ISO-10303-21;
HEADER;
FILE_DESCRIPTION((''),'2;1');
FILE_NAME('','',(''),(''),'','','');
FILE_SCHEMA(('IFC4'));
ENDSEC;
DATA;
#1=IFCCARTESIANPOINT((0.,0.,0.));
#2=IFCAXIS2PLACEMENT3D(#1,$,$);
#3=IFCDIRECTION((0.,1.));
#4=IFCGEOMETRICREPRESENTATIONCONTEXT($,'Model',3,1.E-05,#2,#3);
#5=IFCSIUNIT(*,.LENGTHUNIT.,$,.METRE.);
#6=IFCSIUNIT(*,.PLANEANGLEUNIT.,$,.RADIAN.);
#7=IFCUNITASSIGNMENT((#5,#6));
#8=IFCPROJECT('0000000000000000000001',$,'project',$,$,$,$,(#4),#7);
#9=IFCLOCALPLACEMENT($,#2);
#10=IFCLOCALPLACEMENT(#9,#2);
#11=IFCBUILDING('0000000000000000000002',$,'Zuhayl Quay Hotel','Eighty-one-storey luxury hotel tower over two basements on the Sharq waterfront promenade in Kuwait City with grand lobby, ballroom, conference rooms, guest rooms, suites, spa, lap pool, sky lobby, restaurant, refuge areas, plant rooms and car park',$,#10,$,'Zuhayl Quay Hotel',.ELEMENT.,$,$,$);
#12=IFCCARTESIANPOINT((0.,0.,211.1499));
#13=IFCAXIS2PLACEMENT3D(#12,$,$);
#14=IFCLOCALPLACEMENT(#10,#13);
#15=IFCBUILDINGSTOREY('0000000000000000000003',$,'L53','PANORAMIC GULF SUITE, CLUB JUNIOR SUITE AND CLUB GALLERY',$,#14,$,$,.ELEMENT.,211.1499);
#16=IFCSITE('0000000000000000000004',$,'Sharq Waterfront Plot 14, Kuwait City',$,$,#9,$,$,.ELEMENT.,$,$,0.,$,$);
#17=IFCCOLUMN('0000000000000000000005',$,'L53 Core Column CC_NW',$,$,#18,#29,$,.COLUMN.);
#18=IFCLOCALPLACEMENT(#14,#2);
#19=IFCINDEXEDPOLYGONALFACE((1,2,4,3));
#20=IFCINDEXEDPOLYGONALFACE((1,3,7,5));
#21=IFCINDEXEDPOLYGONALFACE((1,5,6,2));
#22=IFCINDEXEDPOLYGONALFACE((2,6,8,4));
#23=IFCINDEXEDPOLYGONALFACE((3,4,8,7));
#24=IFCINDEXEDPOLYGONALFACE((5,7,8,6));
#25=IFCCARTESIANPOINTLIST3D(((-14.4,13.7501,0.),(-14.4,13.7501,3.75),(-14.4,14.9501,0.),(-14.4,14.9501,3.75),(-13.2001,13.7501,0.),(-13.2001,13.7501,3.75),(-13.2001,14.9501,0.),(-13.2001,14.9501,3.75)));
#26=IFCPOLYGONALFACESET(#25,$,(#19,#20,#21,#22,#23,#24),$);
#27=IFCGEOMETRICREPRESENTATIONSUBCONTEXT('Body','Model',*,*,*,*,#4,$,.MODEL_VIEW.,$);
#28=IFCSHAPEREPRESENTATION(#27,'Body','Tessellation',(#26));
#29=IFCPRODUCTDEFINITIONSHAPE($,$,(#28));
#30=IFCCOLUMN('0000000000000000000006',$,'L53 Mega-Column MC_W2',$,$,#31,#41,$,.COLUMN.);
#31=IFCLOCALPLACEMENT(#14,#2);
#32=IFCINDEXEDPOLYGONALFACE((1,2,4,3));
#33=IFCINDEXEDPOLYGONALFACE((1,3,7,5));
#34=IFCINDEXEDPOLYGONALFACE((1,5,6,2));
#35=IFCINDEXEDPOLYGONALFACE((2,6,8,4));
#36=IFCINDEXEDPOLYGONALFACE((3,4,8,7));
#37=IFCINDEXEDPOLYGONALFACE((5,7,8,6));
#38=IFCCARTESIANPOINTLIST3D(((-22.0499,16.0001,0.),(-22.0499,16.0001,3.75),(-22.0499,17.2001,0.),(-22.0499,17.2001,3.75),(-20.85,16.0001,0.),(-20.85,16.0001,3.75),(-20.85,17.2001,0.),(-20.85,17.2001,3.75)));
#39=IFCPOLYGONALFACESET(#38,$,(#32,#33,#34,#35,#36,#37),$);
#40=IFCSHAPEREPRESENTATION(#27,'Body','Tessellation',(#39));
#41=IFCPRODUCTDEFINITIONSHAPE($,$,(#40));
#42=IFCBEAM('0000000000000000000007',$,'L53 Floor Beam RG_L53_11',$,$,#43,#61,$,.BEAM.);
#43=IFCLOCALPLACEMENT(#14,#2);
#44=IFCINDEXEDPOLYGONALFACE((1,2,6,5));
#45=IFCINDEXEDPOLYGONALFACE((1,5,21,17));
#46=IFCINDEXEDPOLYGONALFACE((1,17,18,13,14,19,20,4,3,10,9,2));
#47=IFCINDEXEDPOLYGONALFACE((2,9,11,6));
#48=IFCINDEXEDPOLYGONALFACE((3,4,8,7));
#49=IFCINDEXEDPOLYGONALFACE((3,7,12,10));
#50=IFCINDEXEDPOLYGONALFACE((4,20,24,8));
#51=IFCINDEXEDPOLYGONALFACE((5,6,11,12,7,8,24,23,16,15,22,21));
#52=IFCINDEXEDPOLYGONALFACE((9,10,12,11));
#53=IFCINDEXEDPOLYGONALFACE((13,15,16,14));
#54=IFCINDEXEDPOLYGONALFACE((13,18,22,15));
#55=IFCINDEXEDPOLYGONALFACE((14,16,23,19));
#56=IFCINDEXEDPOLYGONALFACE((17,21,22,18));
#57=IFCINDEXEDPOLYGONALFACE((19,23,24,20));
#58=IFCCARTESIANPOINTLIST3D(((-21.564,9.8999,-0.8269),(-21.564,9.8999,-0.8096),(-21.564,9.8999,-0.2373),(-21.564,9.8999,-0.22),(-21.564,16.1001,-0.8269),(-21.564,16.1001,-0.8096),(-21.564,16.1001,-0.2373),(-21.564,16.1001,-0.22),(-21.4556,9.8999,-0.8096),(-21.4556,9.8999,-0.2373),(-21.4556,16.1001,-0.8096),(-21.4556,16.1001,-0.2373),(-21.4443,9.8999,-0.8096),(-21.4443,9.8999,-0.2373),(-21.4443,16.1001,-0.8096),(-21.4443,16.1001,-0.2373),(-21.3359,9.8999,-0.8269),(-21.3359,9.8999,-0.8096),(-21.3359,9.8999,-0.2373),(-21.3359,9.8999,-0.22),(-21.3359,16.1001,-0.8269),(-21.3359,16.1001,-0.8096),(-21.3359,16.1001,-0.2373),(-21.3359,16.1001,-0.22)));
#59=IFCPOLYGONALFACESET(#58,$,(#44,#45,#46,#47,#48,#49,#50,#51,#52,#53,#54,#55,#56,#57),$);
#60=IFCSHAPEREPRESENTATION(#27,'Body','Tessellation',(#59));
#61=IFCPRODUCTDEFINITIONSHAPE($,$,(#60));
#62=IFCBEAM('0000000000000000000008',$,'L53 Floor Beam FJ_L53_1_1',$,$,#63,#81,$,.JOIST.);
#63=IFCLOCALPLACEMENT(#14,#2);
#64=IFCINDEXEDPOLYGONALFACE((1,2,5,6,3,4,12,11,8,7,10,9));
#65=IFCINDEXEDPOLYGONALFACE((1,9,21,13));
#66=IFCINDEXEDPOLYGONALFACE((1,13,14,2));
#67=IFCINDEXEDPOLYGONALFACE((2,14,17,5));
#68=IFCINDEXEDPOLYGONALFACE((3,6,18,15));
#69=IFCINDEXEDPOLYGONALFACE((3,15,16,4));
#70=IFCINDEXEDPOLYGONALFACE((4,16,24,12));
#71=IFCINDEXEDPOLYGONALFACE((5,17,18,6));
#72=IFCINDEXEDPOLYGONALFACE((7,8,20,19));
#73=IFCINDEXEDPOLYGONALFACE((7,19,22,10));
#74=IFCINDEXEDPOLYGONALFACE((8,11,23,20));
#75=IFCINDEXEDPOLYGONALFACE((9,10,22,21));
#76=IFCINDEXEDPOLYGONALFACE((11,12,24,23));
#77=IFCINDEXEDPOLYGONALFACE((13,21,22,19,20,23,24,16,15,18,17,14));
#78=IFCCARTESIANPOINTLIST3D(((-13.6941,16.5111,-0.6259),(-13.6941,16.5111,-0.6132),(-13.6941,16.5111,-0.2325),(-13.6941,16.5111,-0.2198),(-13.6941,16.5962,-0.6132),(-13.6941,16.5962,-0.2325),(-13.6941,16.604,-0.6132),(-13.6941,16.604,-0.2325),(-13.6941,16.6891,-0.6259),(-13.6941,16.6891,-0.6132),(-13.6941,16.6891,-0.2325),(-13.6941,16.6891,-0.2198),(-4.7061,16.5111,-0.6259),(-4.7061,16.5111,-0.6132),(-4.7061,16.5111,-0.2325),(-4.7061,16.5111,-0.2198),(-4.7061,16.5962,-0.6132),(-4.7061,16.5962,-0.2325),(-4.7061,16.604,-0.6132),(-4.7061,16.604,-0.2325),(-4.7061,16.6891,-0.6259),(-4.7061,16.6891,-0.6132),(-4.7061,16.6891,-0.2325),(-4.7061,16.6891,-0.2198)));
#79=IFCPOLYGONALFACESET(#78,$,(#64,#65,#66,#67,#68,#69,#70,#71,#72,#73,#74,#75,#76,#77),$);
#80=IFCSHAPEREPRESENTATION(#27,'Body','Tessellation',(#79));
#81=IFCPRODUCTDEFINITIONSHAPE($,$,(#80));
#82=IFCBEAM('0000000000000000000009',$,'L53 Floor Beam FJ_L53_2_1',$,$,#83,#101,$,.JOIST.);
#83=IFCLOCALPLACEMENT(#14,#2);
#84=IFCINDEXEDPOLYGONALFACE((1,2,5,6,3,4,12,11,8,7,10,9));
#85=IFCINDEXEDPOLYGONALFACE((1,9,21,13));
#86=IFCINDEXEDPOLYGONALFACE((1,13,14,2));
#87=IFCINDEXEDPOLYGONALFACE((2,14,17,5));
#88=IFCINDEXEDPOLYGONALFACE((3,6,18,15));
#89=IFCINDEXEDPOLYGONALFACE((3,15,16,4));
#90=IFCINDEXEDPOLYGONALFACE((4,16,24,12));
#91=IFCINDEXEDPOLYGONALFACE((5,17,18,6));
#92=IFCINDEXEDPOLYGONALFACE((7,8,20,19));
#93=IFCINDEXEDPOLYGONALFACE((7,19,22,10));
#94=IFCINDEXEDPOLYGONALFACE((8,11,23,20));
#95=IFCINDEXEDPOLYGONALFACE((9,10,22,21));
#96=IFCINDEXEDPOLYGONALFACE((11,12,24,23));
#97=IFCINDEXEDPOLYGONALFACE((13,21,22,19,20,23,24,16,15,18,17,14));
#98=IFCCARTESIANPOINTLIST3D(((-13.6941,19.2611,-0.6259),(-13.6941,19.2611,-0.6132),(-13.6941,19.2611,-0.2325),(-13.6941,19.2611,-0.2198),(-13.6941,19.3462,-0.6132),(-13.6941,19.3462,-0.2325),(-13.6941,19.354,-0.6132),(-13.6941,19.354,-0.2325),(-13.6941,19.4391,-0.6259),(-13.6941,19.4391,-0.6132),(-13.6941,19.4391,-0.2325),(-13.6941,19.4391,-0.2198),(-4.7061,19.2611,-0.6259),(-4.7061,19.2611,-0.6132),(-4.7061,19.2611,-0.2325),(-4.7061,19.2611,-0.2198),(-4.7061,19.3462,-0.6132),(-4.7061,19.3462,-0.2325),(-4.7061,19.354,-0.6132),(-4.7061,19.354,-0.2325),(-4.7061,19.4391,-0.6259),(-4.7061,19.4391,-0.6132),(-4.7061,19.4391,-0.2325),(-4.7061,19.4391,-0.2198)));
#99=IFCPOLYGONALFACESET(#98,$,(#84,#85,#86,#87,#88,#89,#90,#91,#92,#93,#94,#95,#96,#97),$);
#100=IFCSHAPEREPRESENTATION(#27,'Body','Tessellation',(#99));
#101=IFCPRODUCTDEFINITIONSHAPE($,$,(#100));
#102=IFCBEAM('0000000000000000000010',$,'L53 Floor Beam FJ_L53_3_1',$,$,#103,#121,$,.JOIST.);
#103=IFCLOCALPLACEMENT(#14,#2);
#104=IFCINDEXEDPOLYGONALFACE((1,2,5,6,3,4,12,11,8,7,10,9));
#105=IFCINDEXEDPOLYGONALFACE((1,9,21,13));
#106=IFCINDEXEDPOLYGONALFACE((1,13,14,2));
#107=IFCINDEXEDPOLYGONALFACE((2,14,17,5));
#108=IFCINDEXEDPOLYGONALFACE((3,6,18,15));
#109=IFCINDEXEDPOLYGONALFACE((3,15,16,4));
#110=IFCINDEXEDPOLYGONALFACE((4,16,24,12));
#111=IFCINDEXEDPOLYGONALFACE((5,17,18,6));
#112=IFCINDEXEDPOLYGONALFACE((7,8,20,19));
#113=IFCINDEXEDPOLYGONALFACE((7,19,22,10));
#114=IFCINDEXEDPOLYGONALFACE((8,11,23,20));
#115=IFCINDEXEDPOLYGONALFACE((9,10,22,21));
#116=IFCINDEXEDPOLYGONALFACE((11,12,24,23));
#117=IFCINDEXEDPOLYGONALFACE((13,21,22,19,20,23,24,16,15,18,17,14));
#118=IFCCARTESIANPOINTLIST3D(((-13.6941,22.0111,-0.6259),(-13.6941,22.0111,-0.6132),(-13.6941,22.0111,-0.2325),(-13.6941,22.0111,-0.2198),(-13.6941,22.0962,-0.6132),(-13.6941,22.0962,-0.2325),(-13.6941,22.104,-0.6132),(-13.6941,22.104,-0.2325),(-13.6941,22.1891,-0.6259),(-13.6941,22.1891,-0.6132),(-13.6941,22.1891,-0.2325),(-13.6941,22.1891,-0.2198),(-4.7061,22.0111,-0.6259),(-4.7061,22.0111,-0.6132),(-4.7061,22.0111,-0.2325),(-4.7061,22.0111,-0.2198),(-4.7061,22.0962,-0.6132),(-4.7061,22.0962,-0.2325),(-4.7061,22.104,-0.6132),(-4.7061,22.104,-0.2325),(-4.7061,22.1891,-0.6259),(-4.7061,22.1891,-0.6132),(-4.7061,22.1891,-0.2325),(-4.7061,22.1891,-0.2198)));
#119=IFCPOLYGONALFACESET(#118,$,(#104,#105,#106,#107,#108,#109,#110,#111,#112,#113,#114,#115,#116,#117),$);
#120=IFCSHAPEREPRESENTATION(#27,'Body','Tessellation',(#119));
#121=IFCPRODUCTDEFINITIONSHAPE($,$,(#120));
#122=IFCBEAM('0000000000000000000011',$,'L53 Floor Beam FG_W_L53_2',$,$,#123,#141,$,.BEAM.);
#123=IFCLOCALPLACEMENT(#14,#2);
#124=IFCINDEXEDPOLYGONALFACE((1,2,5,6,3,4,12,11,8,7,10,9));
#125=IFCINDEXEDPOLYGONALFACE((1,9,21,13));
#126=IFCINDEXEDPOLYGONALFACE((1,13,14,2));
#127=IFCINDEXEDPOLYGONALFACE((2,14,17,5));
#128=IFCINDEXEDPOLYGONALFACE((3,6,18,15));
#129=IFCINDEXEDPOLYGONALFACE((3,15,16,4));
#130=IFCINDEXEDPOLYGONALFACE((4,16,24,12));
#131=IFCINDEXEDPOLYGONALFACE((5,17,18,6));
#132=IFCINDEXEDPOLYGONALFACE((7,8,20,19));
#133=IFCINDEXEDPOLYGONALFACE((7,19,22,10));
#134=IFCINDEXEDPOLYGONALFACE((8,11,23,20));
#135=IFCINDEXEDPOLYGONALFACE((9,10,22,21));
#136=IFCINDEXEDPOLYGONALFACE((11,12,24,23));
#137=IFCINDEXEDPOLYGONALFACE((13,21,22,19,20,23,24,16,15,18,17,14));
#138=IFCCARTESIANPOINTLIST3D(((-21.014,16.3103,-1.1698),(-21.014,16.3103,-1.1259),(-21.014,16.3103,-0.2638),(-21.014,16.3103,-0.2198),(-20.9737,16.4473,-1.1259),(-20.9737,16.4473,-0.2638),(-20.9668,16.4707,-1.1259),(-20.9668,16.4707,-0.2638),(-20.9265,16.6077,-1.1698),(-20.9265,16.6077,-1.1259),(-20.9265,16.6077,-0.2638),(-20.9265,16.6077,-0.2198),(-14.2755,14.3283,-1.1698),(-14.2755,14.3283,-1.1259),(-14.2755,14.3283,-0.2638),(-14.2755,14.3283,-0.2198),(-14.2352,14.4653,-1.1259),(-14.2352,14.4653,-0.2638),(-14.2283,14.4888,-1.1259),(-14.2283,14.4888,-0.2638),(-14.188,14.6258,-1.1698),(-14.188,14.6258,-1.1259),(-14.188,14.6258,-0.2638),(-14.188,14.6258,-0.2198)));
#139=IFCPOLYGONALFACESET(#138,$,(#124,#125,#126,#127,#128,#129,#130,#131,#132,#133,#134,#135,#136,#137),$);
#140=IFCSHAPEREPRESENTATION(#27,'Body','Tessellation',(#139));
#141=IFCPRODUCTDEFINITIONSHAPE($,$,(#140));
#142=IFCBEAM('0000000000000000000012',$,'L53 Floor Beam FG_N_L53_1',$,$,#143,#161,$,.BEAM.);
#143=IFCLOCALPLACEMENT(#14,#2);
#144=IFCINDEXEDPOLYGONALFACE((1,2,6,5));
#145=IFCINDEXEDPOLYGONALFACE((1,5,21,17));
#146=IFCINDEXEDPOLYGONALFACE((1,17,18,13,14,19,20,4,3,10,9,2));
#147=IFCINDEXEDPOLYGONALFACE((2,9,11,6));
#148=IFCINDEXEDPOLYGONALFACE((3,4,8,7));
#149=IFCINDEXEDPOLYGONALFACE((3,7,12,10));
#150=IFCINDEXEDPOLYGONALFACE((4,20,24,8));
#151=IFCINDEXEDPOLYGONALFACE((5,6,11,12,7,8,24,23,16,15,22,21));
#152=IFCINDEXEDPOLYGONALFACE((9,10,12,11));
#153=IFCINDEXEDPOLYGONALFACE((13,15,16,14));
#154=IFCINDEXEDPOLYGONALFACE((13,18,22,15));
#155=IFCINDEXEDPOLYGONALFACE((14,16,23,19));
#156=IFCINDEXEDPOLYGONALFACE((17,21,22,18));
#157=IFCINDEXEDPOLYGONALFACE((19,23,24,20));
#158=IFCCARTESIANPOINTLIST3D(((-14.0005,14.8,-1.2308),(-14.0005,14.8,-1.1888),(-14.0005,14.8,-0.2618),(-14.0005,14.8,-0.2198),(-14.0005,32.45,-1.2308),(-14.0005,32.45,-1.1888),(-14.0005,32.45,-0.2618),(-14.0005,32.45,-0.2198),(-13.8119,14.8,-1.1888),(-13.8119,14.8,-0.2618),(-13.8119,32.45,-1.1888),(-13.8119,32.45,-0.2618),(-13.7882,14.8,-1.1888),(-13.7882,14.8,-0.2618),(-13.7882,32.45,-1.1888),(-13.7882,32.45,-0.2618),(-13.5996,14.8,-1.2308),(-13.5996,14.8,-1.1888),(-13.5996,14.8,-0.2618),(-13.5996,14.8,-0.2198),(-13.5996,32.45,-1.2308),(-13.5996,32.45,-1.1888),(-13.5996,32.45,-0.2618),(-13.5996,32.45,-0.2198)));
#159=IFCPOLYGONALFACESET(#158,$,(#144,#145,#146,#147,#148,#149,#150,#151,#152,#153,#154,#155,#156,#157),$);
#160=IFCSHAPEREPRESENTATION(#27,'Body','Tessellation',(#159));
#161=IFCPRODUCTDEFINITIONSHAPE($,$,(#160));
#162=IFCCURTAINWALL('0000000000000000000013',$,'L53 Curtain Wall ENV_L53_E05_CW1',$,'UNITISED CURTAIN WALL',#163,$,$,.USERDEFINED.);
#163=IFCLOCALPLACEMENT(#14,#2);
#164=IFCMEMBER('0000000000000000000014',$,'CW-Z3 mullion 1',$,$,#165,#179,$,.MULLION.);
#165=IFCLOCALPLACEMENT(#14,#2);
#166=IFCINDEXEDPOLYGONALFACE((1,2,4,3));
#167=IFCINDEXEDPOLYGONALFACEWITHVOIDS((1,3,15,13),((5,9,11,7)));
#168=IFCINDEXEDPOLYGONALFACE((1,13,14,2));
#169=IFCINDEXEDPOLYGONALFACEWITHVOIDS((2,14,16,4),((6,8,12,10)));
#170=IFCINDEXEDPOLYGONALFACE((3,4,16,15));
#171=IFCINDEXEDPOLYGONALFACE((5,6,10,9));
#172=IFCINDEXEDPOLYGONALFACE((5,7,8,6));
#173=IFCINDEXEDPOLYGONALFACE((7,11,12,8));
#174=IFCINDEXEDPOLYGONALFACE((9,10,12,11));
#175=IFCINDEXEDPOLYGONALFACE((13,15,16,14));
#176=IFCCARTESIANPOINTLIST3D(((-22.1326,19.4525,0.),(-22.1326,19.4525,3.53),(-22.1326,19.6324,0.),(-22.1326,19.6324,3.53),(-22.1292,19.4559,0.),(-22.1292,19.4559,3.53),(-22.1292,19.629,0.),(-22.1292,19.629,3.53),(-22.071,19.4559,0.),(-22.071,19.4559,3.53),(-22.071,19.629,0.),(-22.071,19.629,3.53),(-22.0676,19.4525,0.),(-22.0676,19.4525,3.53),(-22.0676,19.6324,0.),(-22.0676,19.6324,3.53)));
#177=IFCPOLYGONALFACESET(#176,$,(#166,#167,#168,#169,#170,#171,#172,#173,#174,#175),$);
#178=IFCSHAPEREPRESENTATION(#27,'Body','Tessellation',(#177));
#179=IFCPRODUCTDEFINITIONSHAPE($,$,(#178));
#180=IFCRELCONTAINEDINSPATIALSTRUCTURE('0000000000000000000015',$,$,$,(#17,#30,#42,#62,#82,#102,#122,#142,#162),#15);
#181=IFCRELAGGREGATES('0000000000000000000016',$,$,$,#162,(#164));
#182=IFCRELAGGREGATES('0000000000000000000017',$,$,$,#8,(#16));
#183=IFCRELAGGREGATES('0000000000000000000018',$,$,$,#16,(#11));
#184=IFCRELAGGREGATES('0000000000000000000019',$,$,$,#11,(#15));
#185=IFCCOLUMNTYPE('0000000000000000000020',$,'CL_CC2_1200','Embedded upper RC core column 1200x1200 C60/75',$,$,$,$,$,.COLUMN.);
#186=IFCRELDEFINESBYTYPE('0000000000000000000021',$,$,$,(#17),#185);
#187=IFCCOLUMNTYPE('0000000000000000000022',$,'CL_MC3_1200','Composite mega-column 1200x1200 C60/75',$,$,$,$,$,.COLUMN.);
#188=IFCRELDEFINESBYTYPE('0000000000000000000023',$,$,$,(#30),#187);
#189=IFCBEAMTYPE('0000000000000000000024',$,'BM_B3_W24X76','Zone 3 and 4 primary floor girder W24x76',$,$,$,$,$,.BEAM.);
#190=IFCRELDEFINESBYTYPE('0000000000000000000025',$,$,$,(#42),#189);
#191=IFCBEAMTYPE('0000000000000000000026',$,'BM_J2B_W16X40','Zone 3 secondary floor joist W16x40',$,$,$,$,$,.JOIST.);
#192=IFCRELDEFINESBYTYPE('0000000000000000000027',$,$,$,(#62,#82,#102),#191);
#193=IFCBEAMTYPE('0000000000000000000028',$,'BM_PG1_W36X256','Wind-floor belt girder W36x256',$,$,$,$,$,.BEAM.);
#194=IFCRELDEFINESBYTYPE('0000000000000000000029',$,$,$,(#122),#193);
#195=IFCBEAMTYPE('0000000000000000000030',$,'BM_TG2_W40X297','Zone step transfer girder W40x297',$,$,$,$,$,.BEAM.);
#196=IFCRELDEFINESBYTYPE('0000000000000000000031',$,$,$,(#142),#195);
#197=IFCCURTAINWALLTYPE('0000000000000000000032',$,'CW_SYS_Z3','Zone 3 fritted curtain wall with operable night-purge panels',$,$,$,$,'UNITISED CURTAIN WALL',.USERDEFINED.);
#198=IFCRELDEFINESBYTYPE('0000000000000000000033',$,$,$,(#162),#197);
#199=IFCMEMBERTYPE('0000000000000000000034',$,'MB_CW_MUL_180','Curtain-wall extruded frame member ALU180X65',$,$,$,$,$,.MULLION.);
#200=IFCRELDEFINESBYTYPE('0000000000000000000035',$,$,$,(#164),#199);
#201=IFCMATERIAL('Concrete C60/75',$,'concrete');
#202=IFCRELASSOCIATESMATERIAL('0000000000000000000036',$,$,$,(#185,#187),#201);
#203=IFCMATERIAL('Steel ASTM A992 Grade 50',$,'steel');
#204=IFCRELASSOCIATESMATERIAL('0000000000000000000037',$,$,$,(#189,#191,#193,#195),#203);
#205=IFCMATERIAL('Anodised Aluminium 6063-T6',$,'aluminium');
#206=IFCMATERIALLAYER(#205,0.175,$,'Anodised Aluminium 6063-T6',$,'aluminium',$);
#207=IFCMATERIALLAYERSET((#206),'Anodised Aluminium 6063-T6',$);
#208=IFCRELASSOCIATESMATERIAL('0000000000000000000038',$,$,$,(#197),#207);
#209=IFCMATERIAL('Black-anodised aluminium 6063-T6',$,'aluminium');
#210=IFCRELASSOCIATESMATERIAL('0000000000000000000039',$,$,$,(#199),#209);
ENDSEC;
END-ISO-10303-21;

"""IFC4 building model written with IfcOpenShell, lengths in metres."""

from ifc_helpers import new_model, si_unit, direction, frame, origin, origin_2d, place, context, subcontext, project, spatial, rectangle, hollow_rectangle, i_section, extrude, material, layer, layer_set, material_profile, profile_set, type_object, element, aggregate, save


model = new_model("IFC4")

# Units and contexts
model_context = context("Model", 3, precision=1e-05, world=origin(), true_north=direction((0.0, 1.0)))
body_context = subcontext(model_context, "Body", "Model", "MODEL_VIEW")
ifc_project = project(units=[si_unit("LENGTHUNIT", "METRE"), si_unit("PLANEANGLEUNIT", "RADIAN")], contexts=[model_context])

# Site, building, storey
site_placement = place(None, origin())
site = spatial("IfcSite", under=ifc_project, at=site_placement, Name="Sharq Waterfront Plot 14, Kuwait City", CompositionType="ELEMENT", RefElevation=0.0)
building_placement = place(site_placement, origin())
building = spatial("IfcBuilding", under=site, at=building_placement, Name="Zuhayl Quay Hotel", Description="Eighty-one-storey luxury hotel tower over two basements on the Sharq waterfront promenade in Kuwait City with grand lobby, ballroom, conference rooms, guest rooms, suites, spa, lap pool, sky lobby, restaurant, refuge areas, plant rooms and car park", LongName="Zuhayl Quay Hotel", CompositionType="ELEMENT")
storey_placement = place(building_placement, frame((0.0, 0.0, 211.1499)))
storey = spatial("IfcBuildingStorey", under=building, at=storey_placement, Name="L53", Description="PANORAMIC GULF SUITE, CLUB JUNIOR SUITE AND CLUB GALLERY", CompositionType="ELEMENT", Elevation=211.1499)

# Columns
ifc_material_1 = material(Name="Concrete C60/75", Category="concrete")
ifc_material_profile_1 = material_profile(ifc_material_1, rectangle(XDim=1.2, YDim=1.2, at=origin_2d()), Name="RC1200X1200")
ifc_profile_set_1 = profile_set([ifc_material_profile_1], Name="Concrete C60/75")
column_type_1 = type_object("IfcColumnType", Name="CL_CC2_1200", Description="Embedded upper RC core column 1200x1200 C60/75", PredefinedType="COLUMN", material=ifc_profile_set_1)
column_1_placement = place(storey_placement, frame((-13.8, 14.3501, 0.0), z_axis=(0.0, 0.0, 1.0), x_axis=(1.0, 0.0, 0.0)))
element("IfcColumn", 1, at=column_1_placement, inside=storey, type_object=column_type_1, Name="L53 Core Column CC_NW", PredefinedType="COLUMN", context=body_context, shape_type="SweptSolid", body=[
    extrude(rectangle(XDim=1.2, YDim=1.2, at=origin_2d()), origin(), (0.0, 0.0, 1.0), 3.75),
])
ifc_material_profile_2 = material_profile(ifc_material_1, rectangle(XDim=1.2, YDim=1.2, at=origin_2d()), Name="RC1200X1200")
ifc_profile_set_2 = profile_set([ifc_material_profile_2], Name="Concrete C60/75")
column_type_2 = type_object("IfcColumnType", Name="CL_MC3_1200", Description="Composite mega-column 1200x1200 C60/75", PredefinedType="COLUMN", material=ifc_profile_set_2)
column_2_placement = place(storey_placement, frame((-21.45, 16.6001, 0.0), z_axis=(0.0, 0.0, 1.0), x_axis=(1.0, 0.0, 0.0)))
element("IfcColumn", 2, at=column_2_placement, inside=storey, type_object=column_type_2, Name="L53 Mega-Column MC_W2", PredefinedType="COLUMN", context=body_context, shape_type="SweptSolid", body=[
    extrude(rectangle(XDim=1.2, YDim=1.2, at=origin_2d()), origin(), (0.0, 0.0, 1.0), 3.75),
])

# Beams
ifc_material_2 = material(Name="Steel ASTM A992 Grade 50", Category="steel")
ifc_material_profile_3 = material_profile(ifc_material_2, i_section(OverallWidth=0.228, OverallDepth=0.6069, WebThickness=0.0112, FlangeThickness=0.0173, at=origin_2d()), Name="W24X76")
ifc_profile_set_3 = profile_set([ifc_material_profile_3], Name="Steel ASTM A992 Grade 50")
beam_type_1 = type_object("IfcBeamType", Name="BM_B3_W24X76", Description="Zone 3 and 4 primary floor girder W24x76", PredefinedType="BEAM", material=ifc_profile_set_3)
beam_1_placement = place(storey_placement, frame((-21.45, 16.1001, -0.5234), z_axis=(0.0, -1.0, 0.0), x_axis=(1.0, 0.0, 0.0)))
element("IfcBeam", 3, at=beam_1_placement, inside=storey, type_object=beam_type_1, Name="L53 Floor Beam RG_L53_11", PredefinedType="BEAM", context=body_context, shape_type="SweptSolid", body=[
    extrude(i_section(OverallWidth=0.228, OverallDepth=0.6069, WebThickness=0.0112, FlangeThickness=0.0173, at=origin_2d()), origin(), (0.0, 0.0, 1.0), 6.2002),
])
ifc_material_profile_4 = material_profile(ifc_material_2, i_section(OverallWidth=0.178, OverallDepth=0.406, WebThickness=0.0078, FlangeThickness=0.0127, at=origin_2d()), Name="W16X40")
ifc_profile_set_4 = profile_set([ifc_material_profile_4], Name="Steel ASTM A992 Grade 50")
beam_type_2 = type_object("IfcBeamType", Name="BM_J2B_W16X40", Description="Zone 3 secondary floor joist W16x40", PredefinedType="JOIST", material=ifc_profile_set_4)
for number, where, z_axis, x_axis, name in (
    (4, (-13.6941, 16.6001, -0.4229), (1.0, 0.0, 0.0), (0.0, 1.0, 0.0), "L53 Floor Beam FJ_L53_1_1"),
    (5, (-13.6941, 19.3501, -0.4229), (1.0, 0.0, 0.0), (0.0, 1.0, 0.0), "L53 Floor Beam FJ_L53_2_1"),
    (6, (-13.6941, 22.1001, -0.4229), (1.0, 0.0, 0.0), (0.0, 1.0, 0.0), "L53 Floor Beam FJ_L53_3_1"),
):
    element("IfcBeam", number, at=place(storey_placement, frame(where, z_axis=z_axis, x_axis=x_axis)), inside=storey, type_object=beam_type_2, Name=name, PredefinedType="JOIST", context=body_context, shape_type="SweptSolid", body=[
        extrude(i_section(OverallWidth=0.178, OverallDepth=0.406, WebThickness=0.0078, FlangeThickness=0.0127, at=origin_2d()), origin(), (0.0, 0.0, 1.0), 8.988),
    ])
ifc_material_profile_5 = material_profile(ifc_material_2, i_section(OverallWidth=0.3101, OverallDepth=0.95, WebThickness=0.0244, FlangeThickness=0.0439, at=origin_2d()), Name="W36X256")
ifc_profile_set_5 = profile_set([ifc_material_profile_5], Name="Steel ASTM A992 Grade 50")
beam_type_3 = type_object("IfcBeamType", Name="BM_PG1_W36X256", Description="Wind-floor belt girder W36x256", PredefinedType="BEAM", material=ifc_profile_set_5)
beam_2_placement = place(storey_placement, frame((-20.9702, 16.459, -0.6948), z_axis=(0.959365, -0.282168, 0.0), x_axis=(0.282168, 0.959365, 0.0)))
element("IfcBeam", 7, at=beam_2_placement, inside=storey, type_object=beam_type_3, Name="L53 Floor Beam FG_W_L53_2", PredefinedType="BEAM", context=body_context, shape_type="SweptSolid", body=[
    extrude(i_section(OverallWidth=0.3101, OverallDepth=0.95, WebThickness=0.0244, FlangeThickness=0.0439, at=origin_2d()), origin(), (0.0, 0.0, 1.0), 7.0239),
])
ifc_material_profile_6 = material_profile(ifc_material_2, i_section(OverallWidth=0.4009, OverallDepth=1.011, WebThickness=0.0237, FlangeThickness=0.042, at=origin_2d()), Name="W40X297")
ifc_profile_set_6 = profile_set([ifc_material_profile_6], Name="Steel ASTM A992 Grade 50")
beam_type_4 = type_object("IfcBeamType", Name="BM_TG2_W40X297", Description="Zone step transfer girder W40x297", PredefinedType="BEAM", material=ifc_profile_set_6)
beam_3_placement = place(storey_placement, frame((-13.8, 14.8, -0.7253), z_axis=(0.0, 1.0, 0.0), x_axis=(-1.0, 0.0, 0.0)))
element("IfcBeam", 8, at=beam_3_placement, inside=storey, type_object=beam_type_4, Name="L53 Floor Beam FG_N_L53_1", PredefinedType="BEAM", context=body_context, shape_type="SweptSolid", body=[
    extrude(i_section(OverallWidth=0.4009, OverallDepth=1.011, WebThickness=0.0237, FlangeThickness=0.042, at=origin_2d()), origin(), (0.0, 0.0, 1.0), 17.6499),
])

# Curtain wall, member
ifc_material_3 = material(Name="Anodised Aluminium 6063-T6", Category="aluminium")
ifc_layer_1 = layer(ifc_material_3, 0.175, Name="Anodised Aluminium 6063-T6", Category="aluminium")
ifc_layer_set_1 = layer_set([ifc_layer_1], Name="Anodised Aluminium 6063-T6")
curtain_wall_type = type_object("IfcCurtainWallType", Name="CW_SYS_Z3", Description="Zone 3 fritted curtain wall with operable night-purge panels", ElementType="UNITISED CURTAIN WALL", PredefinedType="USERDEFINED", material=ifc_layer_set_1)
curtain_wall_placement = place(storey_placement, origin())
curtain_wall = element("IfcCurtainWall", 9, at=curtain_wall_placement, inside=storey, type_object=curtain_wall_type, Name="L53 Curtain Wall ENV_L53_E05_CW1", ObjectType="UNITISED CURTAIN WALL", PredefinedType="USERDEFINED")
ifc_material_4 = material(Name="Black-anodised aluminium 6063-T6", Category="aluminium")
ifc_material_profile_7 = material_profile(ifc_material_4, hollow_rectangle(XDim=0.0649, YDim=0.1799, WallThickness=0.0034, at=origin_2d()), Name="ALU180X65")
ifc_profile_set_7 = profile_set([ifc_material_profile_7], Name="Black-anodised aluminium 6063-T6")
member_type_1 = type_object("IfcMemberType", Name="MB_CW_MUL_180", Description="Curtain-wall extruded frame member ALU180X65", PredefinedType="MULLION", material=ifc_profile_set_7)
member_1_placement = place(storey_placement, frame((-22.1001, 19.5425, 0.0), z_axis=(0.0, 0.0, 1.0), x_axis=(-1.0, 0.0, 0.0)))
member_1 = element("IfcMember", 10, at=member_1_placement, type_object=member_type_1, Name="CW-Z3 mullion 1", PredefinedType="MULLION", context=body_context, shape_type="SweptSolid", body=[
    extrude(hollow_rectangle(XDim=0.0649, YDim=0.1799, WallThickness=0.0034, at=origin_2d()), origin(), (0.0, 0.0, 1.0), 3.53),
])
aggregate(curtain_wall, [member_1])

save(model, "model.ifc")
